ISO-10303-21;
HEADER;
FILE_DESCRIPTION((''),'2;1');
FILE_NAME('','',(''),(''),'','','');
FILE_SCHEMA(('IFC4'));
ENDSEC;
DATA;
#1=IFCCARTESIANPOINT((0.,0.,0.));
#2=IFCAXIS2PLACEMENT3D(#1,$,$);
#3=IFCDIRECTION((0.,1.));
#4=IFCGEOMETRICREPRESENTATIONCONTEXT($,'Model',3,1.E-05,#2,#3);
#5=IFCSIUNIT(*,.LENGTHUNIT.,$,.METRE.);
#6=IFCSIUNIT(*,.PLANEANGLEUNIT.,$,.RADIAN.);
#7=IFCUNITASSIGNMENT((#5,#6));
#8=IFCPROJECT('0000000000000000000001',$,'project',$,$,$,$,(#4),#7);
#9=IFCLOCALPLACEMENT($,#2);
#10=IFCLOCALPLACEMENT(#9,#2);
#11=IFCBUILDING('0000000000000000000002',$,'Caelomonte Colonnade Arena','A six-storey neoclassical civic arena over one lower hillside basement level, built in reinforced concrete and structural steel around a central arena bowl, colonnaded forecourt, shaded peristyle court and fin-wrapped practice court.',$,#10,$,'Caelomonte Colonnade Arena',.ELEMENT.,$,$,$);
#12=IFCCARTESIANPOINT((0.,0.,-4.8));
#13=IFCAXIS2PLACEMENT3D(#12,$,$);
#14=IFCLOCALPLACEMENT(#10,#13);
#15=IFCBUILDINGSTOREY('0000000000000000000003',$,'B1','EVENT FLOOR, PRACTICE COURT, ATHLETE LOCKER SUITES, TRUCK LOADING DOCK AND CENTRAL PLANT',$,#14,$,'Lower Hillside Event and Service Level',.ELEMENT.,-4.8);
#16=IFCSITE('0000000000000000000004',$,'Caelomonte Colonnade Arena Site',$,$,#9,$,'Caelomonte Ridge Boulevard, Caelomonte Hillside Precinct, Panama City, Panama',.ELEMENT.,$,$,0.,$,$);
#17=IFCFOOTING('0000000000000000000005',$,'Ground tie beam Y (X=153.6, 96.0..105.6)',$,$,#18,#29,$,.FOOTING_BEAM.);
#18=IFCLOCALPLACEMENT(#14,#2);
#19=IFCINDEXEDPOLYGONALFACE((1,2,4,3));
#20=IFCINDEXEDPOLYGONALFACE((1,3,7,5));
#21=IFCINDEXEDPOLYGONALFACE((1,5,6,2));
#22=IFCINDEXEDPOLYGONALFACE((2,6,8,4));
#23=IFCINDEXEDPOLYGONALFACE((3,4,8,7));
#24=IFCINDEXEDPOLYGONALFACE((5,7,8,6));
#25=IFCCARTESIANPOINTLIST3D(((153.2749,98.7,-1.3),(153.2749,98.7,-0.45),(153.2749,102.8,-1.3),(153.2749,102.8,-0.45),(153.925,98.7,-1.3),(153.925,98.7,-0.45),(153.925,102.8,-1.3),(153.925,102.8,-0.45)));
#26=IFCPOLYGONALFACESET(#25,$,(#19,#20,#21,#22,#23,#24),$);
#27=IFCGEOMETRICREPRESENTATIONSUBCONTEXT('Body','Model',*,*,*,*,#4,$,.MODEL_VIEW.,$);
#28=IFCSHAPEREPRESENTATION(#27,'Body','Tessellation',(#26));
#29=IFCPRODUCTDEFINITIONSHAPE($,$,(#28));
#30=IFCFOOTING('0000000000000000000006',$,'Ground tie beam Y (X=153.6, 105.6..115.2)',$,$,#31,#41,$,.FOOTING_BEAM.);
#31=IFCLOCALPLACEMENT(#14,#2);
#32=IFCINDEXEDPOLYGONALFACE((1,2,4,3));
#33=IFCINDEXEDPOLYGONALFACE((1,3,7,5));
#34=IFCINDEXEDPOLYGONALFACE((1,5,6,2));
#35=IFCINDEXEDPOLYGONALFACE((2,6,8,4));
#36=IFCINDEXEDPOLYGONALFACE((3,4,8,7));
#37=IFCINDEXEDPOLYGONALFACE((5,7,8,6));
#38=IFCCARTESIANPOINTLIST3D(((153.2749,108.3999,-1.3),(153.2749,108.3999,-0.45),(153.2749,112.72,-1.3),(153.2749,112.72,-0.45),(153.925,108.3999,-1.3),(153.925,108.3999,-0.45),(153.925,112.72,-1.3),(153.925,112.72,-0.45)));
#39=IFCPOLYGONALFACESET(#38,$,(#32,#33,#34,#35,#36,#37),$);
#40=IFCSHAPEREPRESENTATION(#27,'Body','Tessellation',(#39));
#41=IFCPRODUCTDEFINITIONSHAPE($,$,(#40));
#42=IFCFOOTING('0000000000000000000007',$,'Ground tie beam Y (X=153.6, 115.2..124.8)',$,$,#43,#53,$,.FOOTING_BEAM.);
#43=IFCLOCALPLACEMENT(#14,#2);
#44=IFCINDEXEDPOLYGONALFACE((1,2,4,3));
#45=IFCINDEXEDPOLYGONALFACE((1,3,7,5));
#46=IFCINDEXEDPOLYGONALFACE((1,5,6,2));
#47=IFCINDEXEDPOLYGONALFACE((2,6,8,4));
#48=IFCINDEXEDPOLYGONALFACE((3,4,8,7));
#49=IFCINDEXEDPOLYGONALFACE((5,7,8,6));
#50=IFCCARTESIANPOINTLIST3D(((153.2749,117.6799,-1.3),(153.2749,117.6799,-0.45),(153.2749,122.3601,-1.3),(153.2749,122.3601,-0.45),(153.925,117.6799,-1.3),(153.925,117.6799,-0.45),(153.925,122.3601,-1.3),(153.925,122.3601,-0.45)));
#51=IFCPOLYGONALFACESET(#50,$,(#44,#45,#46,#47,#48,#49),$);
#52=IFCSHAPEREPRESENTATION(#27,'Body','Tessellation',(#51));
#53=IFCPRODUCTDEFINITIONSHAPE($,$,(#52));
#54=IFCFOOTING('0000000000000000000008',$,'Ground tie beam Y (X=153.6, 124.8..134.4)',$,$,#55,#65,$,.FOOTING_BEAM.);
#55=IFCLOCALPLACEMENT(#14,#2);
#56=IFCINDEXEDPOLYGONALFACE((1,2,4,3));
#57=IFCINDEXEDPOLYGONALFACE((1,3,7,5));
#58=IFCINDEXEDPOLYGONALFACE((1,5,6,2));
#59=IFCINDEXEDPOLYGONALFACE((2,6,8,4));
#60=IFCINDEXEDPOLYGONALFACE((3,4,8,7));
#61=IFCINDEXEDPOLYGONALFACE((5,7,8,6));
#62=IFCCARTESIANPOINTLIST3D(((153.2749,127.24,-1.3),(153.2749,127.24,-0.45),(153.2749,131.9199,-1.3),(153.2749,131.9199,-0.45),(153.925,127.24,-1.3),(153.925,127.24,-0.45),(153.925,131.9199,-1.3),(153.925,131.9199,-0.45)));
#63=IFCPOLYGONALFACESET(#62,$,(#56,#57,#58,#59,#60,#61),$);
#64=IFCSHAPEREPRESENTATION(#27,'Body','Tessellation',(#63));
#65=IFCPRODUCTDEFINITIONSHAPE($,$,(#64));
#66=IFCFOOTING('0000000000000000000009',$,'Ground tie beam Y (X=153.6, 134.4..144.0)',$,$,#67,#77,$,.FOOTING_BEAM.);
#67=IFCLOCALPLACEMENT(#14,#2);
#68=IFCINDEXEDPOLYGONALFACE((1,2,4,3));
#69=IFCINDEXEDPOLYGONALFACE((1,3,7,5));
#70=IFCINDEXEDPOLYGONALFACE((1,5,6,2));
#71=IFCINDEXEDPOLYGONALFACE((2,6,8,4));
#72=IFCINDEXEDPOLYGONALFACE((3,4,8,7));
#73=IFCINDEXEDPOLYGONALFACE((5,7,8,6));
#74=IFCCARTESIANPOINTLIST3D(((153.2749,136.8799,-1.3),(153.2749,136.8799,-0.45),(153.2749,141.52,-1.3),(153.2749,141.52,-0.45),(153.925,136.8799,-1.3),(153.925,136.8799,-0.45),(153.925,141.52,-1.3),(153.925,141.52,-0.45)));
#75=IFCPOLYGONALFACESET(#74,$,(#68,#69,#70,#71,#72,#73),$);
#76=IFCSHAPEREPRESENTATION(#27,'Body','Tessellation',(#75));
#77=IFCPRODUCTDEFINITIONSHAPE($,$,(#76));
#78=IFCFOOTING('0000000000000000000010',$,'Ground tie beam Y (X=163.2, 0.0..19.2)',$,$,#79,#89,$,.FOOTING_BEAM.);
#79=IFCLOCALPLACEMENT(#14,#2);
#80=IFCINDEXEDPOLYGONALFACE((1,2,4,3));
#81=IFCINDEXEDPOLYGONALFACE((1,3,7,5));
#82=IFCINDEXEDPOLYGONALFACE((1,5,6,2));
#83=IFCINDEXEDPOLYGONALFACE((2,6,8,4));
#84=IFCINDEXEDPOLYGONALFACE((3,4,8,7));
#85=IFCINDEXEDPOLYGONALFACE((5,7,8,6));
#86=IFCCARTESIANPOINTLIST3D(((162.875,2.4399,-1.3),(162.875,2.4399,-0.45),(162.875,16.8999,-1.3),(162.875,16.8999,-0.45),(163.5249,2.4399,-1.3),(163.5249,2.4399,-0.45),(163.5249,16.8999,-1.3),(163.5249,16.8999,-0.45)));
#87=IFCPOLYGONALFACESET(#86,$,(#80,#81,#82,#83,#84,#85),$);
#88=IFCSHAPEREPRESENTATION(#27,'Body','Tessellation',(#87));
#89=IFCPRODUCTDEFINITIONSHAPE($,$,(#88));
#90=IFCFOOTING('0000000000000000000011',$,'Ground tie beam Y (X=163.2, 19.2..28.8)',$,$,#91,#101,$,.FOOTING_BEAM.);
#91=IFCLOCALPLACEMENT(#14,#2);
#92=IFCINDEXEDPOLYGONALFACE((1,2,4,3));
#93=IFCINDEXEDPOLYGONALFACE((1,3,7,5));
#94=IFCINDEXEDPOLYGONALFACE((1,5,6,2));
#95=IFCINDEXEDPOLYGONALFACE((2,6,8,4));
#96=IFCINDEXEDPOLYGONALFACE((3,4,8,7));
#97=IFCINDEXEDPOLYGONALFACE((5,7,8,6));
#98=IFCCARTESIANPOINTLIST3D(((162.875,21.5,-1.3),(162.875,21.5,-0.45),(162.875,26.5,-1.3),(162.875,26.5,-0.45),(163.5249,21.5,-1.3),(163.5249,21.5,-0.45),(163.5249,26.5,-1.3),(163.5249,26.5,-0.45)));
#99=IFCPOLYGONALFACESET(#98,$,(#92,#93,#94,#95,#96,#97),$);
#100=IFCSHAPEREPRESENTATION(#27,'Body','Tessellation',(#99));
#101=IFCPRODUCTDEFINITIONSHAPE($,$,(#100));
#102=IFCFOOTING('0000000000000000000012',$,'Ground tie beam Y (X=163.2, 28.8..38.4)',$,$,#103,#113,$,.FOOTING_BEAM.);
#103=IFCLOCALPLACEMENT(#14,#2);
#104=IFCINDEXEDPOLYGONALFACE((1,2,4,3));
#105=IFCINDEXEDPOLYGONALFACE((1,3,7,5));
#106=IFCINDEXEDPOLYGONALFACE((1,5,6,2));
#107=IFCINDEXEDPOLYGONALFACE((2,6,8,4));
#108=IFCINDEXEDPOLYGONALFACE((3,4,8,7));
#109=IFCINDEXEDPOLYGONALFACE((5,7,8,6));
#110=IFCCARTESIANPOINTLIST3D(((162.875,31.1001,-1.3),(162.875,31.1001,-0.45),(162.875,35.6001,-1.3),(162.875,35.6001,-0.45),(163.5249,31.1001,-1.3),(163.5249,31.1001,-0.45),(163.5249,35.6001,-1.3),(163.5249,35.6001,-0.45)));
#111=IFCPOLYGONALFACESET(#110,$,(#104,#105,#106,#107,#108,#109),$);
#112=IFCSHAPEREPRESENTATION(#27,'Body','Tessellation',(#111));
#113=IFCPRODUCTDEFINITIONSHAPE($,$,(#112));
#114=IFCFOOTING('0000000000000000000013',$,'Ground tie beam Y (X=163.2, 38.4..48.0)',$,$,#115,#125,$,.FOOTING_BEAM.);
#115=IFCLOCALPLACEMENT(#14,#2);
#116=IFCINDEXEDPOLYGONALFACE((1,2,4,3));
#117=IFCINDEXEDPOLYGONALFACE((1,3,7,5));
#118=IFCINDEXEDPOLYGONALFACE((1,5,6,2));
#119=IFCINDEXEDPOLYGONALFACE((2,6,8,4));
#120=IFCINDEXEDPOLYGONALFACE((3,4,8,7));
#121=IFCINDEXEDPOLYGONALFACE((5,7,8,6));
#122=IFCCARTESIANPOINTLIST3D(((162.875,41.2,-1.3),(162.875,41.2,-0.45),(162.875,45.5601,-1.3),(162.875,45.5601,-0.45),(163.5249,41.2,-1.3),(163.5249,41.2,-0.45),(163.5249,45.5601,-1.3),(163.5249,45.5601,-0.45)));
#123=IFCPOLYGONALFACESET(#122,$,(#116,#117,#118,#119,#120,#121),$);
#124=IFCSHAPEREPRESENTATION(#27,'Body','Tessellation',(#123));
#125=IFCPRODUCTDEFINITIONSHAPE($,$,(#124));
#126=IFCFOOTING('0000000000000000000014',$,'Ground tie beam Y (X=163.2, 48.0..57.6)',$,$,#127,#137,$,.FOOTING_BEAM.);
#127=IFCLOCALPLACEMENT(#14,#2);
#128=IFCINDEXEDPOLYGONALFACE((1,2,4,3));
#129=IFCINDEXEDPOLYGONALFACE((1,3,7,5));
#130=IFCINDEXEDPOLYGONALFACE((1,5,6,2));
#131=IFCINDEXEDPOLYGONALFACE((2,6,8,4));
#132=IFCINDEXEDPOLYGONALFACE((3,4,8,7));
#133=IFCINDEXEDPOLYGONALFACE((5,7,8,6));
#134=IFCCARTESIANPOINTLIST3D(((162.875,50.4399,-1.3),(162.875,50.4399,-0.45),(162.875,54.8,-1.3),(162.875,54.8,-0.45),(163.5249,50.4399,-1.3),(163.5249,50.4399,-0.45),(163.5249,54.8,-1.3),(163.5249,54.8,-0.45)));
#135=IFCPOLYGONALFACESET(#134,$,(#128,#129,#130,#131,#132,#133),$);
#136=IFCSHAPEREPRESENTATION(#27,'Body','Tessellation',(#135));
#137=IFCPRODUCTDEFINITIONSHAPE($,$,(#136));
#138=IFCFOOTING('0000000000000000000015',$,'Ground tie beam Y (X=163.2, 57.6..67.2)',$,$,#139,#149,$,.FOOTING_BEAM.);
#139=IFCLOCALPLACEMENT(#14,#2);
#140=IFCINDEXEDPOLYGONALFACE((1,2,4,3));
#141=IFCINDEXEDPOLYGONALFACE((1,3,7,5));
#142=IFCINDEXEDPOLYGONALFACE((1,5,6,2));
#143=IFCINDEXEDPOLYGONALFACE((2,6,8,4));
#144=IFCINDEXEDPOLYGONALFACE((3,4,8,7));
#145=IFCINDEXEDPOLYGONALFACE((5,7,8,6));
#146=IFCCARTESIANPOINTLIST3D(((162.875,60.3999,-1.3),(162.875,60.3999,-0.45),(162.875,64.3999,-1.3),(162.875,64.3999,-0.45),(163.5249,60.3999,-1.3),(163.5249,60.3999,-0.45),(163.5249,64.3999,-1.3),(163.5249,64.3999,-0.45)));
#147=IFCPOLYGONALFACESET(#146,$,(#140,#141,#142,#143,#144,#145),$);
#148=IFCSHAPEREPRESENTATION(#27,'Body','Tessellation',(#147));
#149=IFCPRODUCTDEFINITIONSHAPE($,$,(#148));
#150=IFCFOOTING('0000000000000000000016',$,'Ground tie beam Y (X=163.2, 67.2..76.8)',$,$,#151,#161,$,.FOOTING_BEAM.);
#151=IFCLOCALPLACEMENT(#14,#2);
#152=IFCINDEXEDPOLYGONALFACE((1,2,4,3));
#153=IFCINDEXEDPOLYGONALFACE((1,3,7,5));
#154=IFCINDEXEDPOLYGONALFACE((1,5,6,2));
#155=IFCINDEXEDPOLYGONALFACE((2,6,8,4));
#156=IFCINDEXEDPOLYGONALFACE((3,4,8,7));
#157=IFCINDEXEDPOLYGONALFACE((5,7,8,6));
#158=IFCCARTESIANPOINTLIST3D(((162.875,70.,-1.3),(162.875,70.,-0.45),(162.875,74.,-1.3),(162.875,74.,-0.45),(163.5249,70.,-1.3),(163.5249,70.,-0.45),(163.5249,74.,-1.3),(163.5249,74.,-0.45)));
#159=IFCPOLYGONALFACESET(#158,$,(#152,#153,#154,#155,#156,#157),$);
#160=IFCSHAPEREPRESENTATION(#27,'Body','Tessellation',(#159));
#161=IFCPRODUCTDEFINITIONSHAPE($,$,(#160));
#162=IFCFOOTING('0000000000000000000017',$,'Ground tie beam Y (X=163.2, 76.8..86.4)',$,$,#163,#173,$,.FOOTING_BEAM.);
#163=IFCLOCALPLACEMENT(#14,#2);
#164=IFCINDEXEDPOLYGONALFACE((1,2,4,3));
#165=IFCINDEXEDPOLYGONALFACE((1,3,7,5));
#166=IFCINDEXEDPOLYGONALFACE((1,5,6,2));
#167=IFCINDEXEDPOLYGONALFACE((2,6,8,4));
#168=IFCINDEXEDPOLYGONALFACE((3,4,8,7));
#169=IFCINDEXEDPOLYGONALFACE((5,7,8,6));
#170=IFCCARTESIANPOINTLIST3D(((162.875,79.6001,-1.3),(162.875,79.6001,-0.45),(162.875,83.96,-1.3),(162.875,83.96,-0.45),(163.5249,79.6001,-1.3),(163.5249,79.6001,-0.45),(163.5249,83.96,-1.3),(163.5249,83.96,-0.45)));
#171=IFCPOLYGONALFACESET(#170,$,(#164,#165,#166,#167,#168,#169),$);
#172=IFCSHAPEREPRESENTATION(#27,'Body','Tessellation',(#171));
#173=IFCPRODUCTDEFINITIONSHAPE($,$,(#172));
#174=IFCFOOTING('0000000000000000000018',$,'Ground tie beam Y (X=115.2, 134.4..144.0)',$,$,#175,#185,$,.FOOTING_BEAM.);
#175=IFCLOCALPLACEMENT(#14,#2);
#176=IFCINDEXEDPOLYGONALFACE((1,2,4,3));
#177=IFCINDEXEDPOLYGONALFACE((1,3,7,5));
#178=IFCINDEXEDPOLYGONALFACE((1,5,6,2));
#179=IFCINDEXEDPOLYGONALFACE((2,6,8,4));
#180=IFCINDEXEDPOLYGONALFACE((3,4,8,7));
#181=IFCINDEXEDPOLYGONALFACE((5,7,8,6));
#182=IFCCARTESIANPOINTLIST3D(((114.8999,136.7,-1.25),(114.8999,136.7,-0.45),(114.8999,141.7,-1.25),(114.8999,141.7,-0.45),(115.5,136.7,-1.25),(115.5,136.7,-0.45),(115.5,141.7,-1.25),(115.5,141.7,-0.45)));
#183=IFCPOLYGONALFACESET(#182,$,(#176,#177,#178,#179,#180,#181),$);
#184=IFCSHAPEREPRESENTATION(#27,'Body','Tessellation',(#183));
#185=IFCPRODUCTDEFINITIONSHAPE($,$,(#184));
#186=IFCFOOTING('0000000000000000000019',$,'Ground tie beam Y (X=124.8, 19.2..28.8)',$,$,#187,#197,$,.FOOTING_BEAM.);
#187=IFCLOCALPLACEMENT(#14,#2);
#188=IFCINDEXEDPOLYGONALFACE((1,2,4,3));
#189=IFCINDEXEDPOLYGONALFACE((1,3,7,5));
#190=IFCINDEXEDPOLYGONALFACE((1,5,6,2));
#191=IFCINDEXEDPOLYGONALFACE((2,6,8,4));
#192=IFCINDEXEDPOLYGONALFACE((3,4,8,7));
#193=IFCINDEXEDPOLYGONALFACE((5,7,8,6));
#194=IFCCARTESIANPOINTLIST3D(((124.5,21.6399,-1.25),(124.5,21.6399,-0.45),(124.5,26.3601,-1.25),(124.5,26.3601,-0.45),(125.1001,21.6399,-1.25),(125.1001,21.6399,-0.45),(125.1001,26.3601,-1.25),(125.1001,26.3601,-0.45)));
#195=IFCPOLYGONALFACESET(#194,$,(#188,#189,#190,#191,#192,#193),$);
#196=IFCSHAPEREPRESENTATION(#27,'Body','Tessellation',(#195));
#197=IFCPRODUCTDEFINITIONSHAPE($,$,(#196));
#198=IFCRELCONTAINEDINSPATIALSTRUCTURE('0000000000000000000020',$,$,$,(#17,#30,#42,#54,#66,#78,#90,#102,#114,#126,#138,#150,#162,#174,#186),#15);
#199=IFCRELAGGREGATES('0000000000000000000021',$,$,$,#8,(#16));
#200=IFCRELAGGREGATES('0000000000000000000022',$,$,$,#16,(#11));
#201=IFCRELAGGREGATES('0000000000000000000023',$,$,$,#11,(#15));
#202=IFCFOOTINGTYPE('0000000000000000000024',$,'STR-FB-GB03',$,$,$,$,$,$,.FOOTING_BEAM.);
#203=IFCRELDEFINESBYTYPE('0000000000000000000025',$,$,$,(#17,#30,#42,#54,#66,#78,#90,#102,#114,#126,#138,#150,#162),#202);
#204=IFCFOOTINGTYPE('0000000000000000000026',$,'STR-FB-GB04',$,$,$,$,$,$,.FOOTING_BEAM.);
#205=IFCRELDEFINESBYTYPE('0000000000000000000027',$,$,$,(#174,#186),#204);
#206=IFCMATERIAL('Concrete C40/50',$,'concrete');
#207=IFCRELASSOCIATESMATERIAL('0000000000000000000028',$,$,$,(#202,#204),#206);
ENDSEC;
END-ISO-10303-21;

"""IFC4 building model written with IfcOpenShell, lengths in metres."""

from ifc_helpers import new_model, si_unit, direction, frame, origin, place, context, subcontext, project, spatial, polyline, outline, extrude, material, type_object, element, save


model = new_model("IFC4")

# Units and contexts
model_context = context("Model", 3, precision=1e-05, world=origin(), true_north=direction((0.0, 1.0)))
body_context = subcontext(model_context, "Body", "Model", "MODEL_VIEW")
ifc_project = project(units=[si_unit("LENGTHUNIT", "METRE"), si_unit("PLANEANGLEUNIT", "RADIAN")], contexts=[model_context])

# Site, building, storey
site_placement = place(None, origin())
site = spatial("IfcSite", under=ifc_project, at=site_placement, Name="Caelomonte Colonnade Arena Site", LongName="Caelomonte Ridge Boulevard, Caelomonte Hillside Precinct, Panama City, Panama", CompositionType="ELEMENT", RefElevation=0.0)
building_placement = place(site_placement, origin())
building = spatial("IfcBuilding", under=site, at=building_placement, Name="Caelomonte Colonnade Arena", Description="A six-storey neoclassical civic arena over one lower hillside basement level, built in reinforced concrete and structural steel around a central arena bowl, colonnaded forecourt, shaded peristyle court and fin-wrapped practice court.", LongName="Caelomonte Colonnade Arena", CompositionType="ELEMENT")
storey_placement = place(building_placement, frame((0.0, 0.0, -4.8)))
storey = spatial("IfcBuildingStorey", under=building, at=storey_placement, Name="B1", Description="EVENT FLOOR, PRACTICE COURT, ATHLETE LOCKER SUITES, TRUCK LOADING DOCK AND CENTRAL PLANT", LongName="Lower Hillside Event and Service Level", CompositionType="ELEMENT", Elevation=-4.8)

# Footings
ifc_material = material(Name="Concrete C40/50", Category="concrete")
footing_type_1 = type_object("IfcFootingType", Name="STR-FB-GB03", PredefinedType="FOOTING_BEAM", material=ifc_material)
footing_1_placement = place(storey_placement, frame((0.0, 0.0, -1.3)))
element("IfcFooting", 1, at=footing_1_placement, inside=storey, type_object=footing_type_1, Name="Ground tie beam Y (X=153.6, 96.0..105.6)", PredefinedType="FOOTING_BEAM", context=body_context, shape_type="SweptSolid", body=[
    extrude(outline(polyline([(153.2749, 98.7), (153.925, 98.7), (153.925, 102.8), (153.2749, 102.8), (153.2749, 98.7)])), origin(), (0.0, 0.0, 1.0), 0.8501),
])
footing_2_placement = place(storey_placement, frame((0.0, 0.0, -1.3)))
element("IfcFooting", 2, at=footing_2_placement, inside=storey, type_object=footing_type_1, Name="Ground tie beam Y (X=153.6, 105.6..115.2)", PredefinedType="FOOTING_BEAM", context=body_context, shape_type="SweptSolid", body=[
    extrude(outline(polyline([(153.2749, 108.3999), (153.925, 108.3999), (153.925, 112.72), (153.2749, 112.72), (153.2749, 108.3999)])), origin(), (0.0, 0.0, 1.0), 0.8501),
])
footing_3_placement = place(storey_placement, frame((0.0, 0.0, -1.3)))
element("IfcFooting", 3, at=footing_3_placement, inside=storey, type_object=footing_type_1, Name="Ground tie beam Y (X=153.6, 115.2..124.8)", PredefinedType="FOOTING_BEAM", context=body_context, shape_type="SweptSolid", body=[
    extrude(outline(polyline([(153.2749, 117.6799), (153.925, 117.6799), (153.925, 122.3601), (153.2749, 122.3601), (153.2749, 117.6799)])), origin(), (0.0, 0.0, 1.0), 0.8501),
])
footing_4_placement = place(storey_placement, frame((0.0, 0.0, -1.3)))
element("IfcFooting", 4, at=footing_4_placement, inside=storey, type_object=footing_type_1, Name="Ground tie beam Y (X=153.6, 124.8..134.4)", PredefinedType="FOOTING_BEAM", context=body_context, shape_type="SweptSolid", body=[
    extrude(outline(polyline([(153.2749, 127.24), (153.925, 127.24), (153.925, 131.9199), (153.2749, 131.9199), (153.2749, 127.24)])), origin(), (0.0, 0.0, 1.0), 0.8501),
])
footing_5_placement = place(storey_placement, frame((0.0, 0.0, -1.3)))
element("IfcFooting", 5, at=footing_5_placement, inside=storey, type_object=footing_type_1, Name="Ground tie beam Y (X=153.6, 134.4..144.0)", PredefinedType="FOOTING_BEAM", context=body_context, shape_type="SweptSolid", body=[
    extrude(outline(polyline([(153.2749, 136.8799), (153.925, 136.8799), (153.925, 141.52), (153.2749, 141.52), (153.2749, 136.8799)])), origin(), (0.0, 0.0, 1.0), 0.8501),
])
footing_6_placement = place(storey_placement, frame((0.0, 0.0, -1.3)))
element("IfcFooting", 6, at=footing_6_placement, inside=storey, type_object=footing_type_1, Name="Ground tie beam Y (X=163.2, 0.0..19.2)", PredefinedType="FOOTING_BEAM", context=body_context, shape_type="SweptSolid", body=[
    extrude(outline(polyline([(162.875, 2.4399), (163.5249, 2.4399), (163.5249, 16.8999), (162.875, 16.8999), (162.875, 2.4399)])), origin(), (0.0, 0.0, 1.0), 0.8501),
])
footing_7_placement = place(storey_placement, frame((0.0, 0.0, -1.3)))
element("IfcFooting", 7, at=footing_7_placement, inside=storey, type_object=footing_type_1, Name="Ground tie beam Y (X=163.2, 19.2..28.8)", PredefinedType="FOOTING_BEAM", context=body_context, shape_type="SweptSolid", body=[
    extrude(outline(polyline([(162.875, 21.5), (163.5249, 21.5), (163.5249, 26.5), (162.875, 26.5), (162.875, 21.5)])), origin(), (0.0, 0.0, 1.0), 0.8501),
])
footing_8_placement = place(storey_placement, frame((0.0, 0.0, -1.3)))
element("IfcFooting", 8, at=footing_8_placement, inside=storey, type_object=footing_type_1, Name="Ground tie beam Y (X=163.2, 28.8..38.4)", PredefinedType="FOOTING_BEAM", context=body_context, shape_type="SweptSolid", body=[
    extrude(outline(polyline([(162.875, 31.1001), (163.5249, 31.1001), (163.5249, 35.6001), (162.875, 35.6001), (162.875, 31.1001)])), origin(), (0.0, 0.0, 1.0), 0.8501),
])
footing_9_placement = place(storey_placement, frame((0.0, 0.0, -1.3)))
element("IfcFooting", 9, at=footing_9_placement, inside=storey, type_object=footing_type_1, Name="Ground tie beam Y (X=163.2, 38.4..48.0)", PredefinedType="FOOTING_BEAM", context=body_context, shape_type="SweptSolid", body=[
    extrude(outline(polyline([(162.875, 41.2), (163.5249, 41.2), (163.5249, 45.5601), (162.875, 45.5601), (162.875, 41.2)])), origin(), (0.0, 0.0, 1.0), 0.8501),
])
footing_10_placement = place(storey_placement, frame((0.0, 0.0, -1.3)))
element("IfcFooting", 10, at=footing_10_placement, inside=storey, type_object=footing_type_1, Name="Ground tie beam Y (X=163.2, 48.0..57.6)", PredefinedType="FOOTING_BEAM", context=body_context, shape_type="SweptSolid", body=[
    extrude(outline(polyline([(162.875, 50.4399), (163.5249, 50.4399), (163.5249, 54.8), (162.875, 54.8), (162.875, 50.4399)])), origin(), (0.0, 0.0, 1.0), 0.8501),
])
footing_11_placement = place(storey_placement, frame((0.0, 0.0, -1.3)))
element("IfcFooting", 11, at=footing_11_placement, inside=storey, type_object=footing_type_1, Name="Ground tie beam Y (X=163.2, 57.6..67.2)", PredefinedType="FOOTING_BEAM", context=body_context, shape_type="SweptSolid", body=[
    extrude(outline(polyline([(162.875, 60.3999), (163.5249, 60.3999), (163.5249, 64.3999), (162.875, 64.3999), (162.875, 60.3999)])), origin(), (0.0, 0.0, 1.0), 0.8501),
])
footing_12_placement = place(storey_placement, frame((0.0, 0.0, -1.3)))
element("IfcFooting", 12, at=footing_12_placement, inside=storey, type_object=footing_type_1, Name="Ground tie beam Y (X=163.2, 67.2..76.8)", PredefinedType="FOOTING_BEAM", context=body_context, shape_type="SweptSolid", body=[
    extrude(outline(polyline([(162.875, 70.0), (163.5249, 70.0), (163.5249, 74.0), (162.875, 74.0), (162.875, 70.0)])), origin(), (0.0, 0.0, 1.0), 0.8501),
])
footing_13_placement = place(storey_placement, frame((0.0, 0.0, -1.3)))
element("IfcFooting", 13, at=footing_13_placement, inside=storey, type_object=footing_type_1, Name="Ground tie beam Y (X=163.2, 76.8..86.4)", PredefinedType="FOOTING_BEAM", context=body_context, shape_type="SweptSolid", body=[
    extrude(outline(polyline([(162.875, 79.6001), (163.5249, 79.6001), (163.5249, 83.96), (162.875, 83.96), (162.875, 79.6001)])), origin(), (0.0, 0.0, 1.0), 0.8501),
])
footing_type_2 = type_object("IfcFootingType", Name="STR-FB-GB04", PredefinedType="FOOTING_BEAM", material=ifc_material)
footing_14_placement = place(storey_placement, frame((0.0, 0.0, -1.25)))
element("IfcFooting", 14, at=footing_14_placement, inside=storey, type_object=footing_type_2, Name="Ground tie beam Y (X=115.2, 134.4..144.0)", PredefinedType="FOOTING_BEAM", context=body_context, shape_type="SweptSolid", body=[
    extrude(outline(polyline([(114.8999, 136.7), (115.5, 136.7), (115.5, 141.7), (114.8999, 141.7), (114.8999, 136.7)])), origin(), (0.0, 0.0, 1.0), 0.8),
])
footing_15_placement = place(storey_placement, frame((0.0, 0.0, -1.25)))
element("IfcFooting", 15, at=footing_15_placement, inside=storey, type_object=footing_type_2, Name="Ground tie beam Y (X=124.8, 19.2..28.8)", PredefinedType="FOOTING_BEAM", context=body_context, shape_type="SweptSolid", body=[
    extrude(outline(polyline([(124.5, 21.6399), (125.1001, 21.6399), (125.1001, 26.3601), (124.5, 26.3601), (124.5, 21.6399)])), origin(), (0.0, 0.0, 1.0), 0.8),
])

save(model, "model.ifc")
